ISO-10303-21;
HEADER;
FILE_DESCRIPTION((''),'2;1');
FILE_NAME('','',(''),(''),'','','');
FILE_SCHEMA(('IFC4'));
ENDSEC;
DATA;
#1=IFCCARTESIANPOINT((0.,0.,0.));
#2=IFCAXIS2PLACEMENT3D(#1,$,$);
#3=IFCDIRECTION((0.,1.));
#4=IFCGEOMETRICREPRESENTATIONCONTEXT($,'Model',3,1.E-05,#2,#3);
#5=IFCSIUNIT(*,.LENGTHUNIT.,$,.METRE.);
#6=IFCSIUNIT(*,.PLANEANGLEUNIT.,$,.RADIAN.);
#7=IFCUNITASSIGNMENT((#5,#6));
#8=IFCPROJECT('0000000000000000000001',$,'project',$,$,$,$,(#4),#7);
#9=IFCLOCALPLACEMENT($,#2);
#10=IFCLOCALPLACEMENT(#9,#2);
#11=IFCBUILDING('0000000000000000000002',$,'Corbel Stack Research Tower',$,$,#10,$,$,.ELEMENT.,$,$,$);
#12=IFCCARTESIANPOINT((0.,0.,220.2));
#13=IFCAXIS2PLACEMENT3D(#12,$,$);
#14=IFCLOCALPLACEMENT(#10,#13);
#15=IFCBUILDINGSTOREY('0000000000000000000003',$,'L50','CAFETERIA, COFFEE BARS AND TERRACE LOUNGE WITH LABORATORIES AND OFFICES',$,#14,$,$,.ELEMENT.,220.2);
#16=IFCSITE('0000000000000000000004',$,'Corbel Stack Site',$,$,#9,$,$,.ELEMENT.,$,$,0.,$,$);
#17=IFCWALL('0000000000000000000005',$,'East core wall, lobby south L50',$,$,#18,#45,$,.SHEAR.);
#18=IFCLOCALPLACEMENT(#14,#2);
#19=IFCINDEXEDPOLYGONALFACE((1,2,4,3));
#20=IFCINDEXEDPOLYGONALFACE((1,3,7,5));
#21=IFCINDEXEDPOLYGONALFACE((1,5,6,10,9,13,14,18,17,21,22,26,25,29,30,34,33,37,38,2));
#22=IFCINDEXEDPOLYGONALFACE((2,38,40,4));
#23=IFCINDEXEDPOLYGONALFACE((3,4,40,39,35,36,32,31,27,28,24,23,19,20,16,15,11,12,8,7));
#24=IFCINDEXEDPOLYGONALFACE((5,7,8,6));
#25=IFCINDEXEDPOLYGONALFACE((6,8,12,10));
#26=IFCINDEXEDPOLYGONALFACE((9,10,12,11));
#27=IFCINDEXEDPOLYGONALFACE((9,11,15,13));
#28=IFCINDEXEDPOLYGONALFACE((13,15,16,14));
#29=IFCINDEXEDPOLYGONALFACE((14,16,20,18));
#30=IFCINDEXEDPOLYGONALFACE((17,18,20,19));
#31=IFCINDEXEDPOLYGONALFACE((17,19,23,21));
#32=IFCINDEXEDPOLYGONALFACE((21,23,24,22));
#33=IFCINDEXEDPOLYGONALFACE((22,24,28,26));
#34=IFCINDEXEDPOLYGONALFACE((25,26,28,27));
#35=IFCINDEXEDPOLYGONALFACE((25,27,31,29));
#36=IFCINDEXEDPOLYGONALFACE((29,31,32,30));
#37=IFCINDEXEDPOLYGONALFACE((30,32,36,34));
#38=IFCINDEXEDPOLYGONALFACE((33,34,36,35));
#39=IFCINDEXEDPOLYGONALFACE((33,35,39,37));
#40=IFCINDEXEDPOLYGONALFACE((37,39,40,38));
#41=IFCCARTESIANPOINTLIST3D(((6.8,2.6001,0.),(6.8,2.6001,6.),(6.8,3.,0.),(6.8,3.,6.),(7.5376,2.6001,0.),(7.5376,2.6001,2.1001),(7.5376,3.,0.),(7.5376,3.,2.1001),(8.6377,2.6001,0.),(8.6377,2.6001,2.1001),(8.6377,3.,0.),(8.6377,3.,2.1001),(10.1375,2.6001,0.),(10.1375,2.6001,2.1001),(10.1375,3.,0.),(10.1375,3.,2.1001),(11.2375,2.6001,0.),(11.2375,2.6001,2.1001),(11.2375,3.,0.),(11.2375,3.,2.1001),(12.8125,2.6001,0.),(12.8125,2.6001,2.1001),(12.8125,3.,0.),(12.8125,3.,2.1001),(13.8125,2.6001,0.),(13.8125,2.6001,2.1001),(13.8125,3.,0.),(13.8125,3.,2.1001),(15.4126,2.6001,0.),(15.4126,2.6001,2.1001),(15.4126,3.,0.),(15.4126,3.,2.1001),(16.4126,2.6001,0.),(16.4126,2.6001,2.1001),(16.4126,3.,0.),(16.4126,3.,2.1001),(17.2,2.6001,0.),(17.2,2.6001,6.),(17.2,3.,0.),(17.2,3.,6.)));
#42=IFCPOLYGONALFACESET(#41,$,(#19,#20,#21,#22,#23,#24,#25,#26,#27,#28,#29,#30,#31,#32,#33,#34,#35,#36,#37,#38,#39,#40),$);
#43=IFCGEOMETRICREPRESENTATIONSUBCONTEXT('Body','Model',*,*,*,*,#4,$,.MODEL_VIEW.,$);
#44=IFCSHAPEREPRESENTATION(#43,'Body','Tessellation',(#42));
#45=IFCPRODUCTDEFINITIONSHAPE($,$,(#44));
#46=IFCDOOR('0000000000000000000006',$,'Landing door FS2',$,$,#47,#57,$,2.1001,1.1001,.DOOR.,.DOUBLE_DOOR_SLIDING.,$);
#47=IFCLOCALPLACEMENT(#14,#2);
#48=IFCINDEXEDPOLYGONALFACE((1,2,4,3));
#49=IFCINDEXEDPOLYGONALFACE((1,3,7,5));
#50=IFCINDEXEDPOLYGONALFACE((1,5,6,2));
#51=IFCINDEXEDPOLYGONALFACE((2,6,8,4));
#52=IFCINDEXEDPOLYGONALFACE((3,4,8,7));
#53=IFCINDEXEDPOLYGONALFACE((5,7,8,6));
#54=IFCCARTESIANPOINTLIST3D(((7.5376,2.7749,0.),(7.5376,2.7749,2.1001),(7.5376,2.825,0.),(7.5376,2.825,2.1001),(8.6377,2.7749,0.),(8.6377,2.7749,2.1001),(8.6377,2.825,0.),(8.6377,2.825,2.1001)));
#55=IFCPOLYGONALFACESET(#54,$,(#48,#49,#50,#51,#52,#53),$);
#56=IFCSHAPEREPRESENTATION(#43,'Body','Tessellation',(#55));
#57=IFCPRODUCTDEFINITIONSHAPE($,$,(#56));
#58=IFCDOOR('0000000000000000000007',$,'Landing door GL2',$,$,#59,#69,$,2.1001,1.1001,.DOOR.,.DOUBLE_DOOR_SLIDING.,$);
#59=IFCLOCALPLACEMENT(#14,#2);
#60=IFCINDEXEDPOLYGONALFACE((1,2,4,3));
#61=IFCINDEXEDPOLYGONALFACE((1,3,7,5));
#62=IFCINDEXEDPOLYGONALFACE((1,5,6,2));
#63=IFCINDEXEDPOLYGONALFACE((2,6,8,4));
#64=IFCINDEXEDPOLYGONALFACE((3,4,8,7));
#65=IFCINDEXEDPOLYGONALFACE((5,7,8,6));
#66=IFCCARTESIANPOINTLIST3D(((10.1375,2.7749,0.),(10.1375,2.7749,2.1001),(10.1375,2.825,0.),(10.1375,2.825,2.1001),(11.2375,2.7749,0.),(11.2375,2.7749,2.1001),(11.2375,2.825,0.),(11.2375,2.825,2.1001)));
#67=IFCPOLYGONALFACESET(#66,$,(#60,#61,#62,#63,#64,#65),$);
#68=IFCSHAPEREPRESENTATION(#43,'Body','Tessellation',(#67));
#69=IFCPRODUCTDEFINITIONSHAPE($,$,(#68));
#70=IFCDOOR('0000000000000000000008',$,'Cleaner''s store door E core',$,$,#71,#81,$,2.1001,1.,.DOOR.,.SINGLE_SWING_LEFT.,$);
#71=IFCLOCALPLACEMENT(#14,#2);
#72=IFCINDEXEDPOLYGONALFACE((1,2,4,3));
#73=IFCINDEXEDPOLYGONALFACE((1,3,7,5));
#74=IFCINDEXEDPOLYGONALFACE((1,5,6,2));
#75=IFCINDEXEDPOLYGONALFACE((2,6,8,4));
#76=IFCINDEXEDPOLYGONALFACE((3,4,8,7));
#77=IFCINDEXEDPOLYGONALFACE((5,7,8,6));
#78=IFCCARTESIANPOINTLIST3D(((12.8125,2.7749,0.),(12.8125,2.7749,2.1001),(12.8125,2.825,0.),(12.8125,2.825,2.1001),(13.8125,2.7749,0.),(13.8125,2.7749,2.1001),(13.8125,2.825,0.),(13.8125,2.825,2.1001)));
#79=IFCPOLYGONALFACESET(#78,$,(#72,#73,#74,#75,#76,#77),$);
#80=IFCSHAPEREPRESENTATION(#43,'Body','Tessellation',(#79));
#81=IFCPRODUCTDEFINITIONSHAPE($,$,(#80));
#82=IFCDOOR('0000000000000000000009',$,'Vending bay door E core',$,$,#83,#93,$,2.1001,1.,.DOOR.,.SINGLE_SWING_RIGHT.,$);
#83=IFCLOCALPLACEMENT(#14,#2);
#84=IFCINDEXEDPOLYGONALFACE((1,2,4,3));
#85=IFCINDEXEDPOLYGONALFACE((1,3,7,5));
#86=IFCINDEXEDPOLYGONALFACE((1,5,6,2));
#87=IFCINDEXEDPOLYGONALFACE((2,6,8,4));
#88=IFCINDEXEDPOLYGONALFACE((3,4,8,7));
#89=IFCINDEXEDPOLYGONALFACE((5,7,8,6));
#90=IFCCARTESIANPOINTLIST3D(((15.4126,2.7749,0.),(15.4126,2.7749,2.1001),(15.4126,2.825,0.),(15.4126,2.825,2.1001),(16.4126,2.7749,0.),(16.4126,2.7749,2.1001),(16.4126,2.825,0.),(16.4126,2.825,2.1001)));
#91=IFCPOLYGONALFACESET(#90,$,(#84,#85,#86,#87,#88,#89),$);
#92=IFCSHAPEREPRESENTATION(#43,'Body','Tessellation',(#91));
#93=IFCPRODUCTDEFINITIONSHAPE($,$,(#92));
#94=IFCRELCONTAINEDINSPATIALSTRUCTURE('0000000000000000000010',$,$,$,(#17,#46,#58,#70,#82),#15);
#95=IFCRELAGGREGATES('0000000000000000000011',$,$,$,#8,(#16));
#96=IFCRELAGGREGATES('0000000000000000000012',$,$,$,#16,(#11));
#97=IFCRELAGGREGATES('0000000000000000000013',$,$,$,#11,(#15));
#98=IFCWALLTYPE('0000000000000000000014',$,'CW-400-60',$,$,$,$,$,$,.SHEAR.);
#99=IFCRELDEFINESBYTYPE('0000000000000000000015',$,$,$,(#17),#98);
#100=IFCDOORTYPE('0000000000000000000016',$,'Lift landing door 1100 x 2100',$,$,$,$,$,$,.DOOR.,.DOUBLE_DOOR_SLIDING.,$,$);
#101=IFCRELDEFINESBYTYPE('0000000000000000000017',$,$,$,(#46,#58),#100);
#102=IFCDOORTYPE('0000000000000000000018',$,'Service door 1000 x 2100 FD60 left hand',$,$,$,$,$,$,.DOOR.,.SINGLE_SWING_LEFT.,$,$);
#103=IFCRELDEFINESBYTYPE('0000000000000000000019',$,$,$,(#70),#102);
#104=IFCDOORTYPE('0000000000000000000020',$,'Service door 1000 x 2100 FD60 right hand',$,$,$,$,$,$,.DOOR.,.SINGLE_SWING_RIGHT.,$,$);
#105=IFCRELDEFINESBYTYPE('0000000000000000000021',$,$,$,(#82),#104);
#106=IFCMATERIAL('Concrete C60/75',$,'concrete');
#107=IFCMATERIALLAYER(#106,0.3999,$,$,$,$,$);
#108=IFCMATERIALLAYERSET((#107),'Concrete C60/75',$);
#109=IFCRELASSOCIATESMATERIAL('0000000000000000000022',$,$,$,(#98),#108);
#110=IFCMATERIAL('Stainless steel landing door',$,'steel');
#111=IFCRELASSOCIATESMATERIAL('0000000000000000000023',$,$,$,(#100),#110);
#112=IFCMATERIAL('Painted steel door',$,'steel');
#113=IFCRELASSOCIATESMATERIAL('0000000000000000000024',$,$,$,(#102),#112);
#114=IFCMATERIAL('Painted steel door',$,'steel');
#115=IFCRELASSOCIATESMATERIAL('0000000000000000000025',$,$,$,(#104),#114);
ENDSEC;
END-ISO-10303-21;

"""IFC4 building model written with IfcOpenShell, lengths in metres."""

from ifc_helpers import new_model, si_unit, direction, frame, frame_2d, origin, place, context, subcontext, project, spatial, rectangle, extrude, material, layer, layer_set, type_object, element, fill, save


model = new_model("IFC4")

# Units and contexts
model_context = context("Model", 3, precision=1e-05, world=origin(), true_north=direction((0.0, 1.0)))
body_context = subcontext(model_context, "Body", "Model", "MODEL_VIEW")
ifc_project = project(units=[si_unit("LENGTHUNIT", "METRE"), si_unit("PLANEANGLEUNIT", "RADIAN")], contexts=[model_context])

# Site, building, storey
site_placement = place(None, origin())
site = spatial("IfcSite", under=ifc_project, at=site_placement, Name="Corbel Stack Site", CompositionType="ELEMENT", RefElevation=0.0)
building_placement = place(site_placement, origin())
building = spatial("IfcBuilding", under=site, at=building_placement, Name="Corbel Stack Research Tower", CompositionType="ELEMENT")
storey_placement = place(building_placement, frame((0.0, 0.0, 220.2)))
storey = spatial("IfcBuildingStorey", under=building, at=storey_placement, Name="L50", Description="CAFETERIA, COFFEE BARS AND TERRACE LOUNGE WITH LABORATORIES AND OFFICES", CompositionType="ELEMENT", Elevation=220.2)

# Wall, openings, doors
ifc_material_1 = material(Name="Concrete C60/75", Category="concrete")
ifc_layer_1 = layer(ifc_material_1, 0.3999)
ifc_layer_set_1 = layer_set([ifc_layer_1], Name="Concrete C60/75")
wall_type_1 = type_object("IfcWallType", Name="CW-400-60", PredefinedType="SHEAR", material=ifc_layer_set_1)
wall_1_placement = place(storey_placement, frame((6.8, 2.8, 0.0), z_axis=(0.0, 0.0, 1.0), x_axis=(1.0, 0.0, 0.0)))
wall_1 = element("IfcWall", 1, at=wall_1_placement, inside=storey, type_object=wall_type_1, Name="East core wall, lobby south L50", PredefinedType="SHEAR", context=body_context, shape_type="SweptSolid", body=[
    extrude(rectangle(XDim=10.3999, YDim=0.3999, at=frame_2d((5.2, 0.0))), origin(), (0.0, 0.0, 1.0), 6.0),
])
opening_1_placement = place(wall_1_placement, frame((0.7375, 0.0, 0.0)))
opening_1 = element("IfcOpeningElement", 2, at=opening_1_placement, cuts=wall_1, PredefinedType="OPENING", context=body_context, shape_type="SweptSolid", body=[
    extrude(rectangle(XDim=1.1001, YDim=2.1001, at=frame_2d((0.55, 1.05))), frame((0.0, 0.21, 0.0), z_axis=(0.0, -1.0, 0.0), x_axis=(1.0, 0.0, 0.0)), (0.0, 0.0, 1.0), 0.4199),
])
opening_2_placement = place(wall_1_placement, frame((3.3374, 0.0, 0.0)))
opening_2 = element("IfcOpeningElement", 3, at=opening_2_placement, cuts=wall_1, PredefinedType="OPENING", context=body_context, shape_type="SweptSolid", body=[
    extrude(rectangle(XDim=1.1001, YDim=2.1001, at=frame_2d((0.55, 1.05))), frame((0.0, 0.21, 0.0), z_axis=(0.0, -1.0, 0.0), x_axis=(1.0, 0.0, 0.0)), (0.0, 0.0, 1.0), 0.4199),
])
opening_3_placement = place(wall_1_placement, frame((6.0125, 0.0, 0.0)))
opening_3 = element("IfcOpeningElement", 4, at=opening_3_placement, cuts=wall_1, PredefinedType="OPENING", context=body_context, shape_type="SweptSolid", body=[
    extrude(rectangle(XDim=1.0, YDim=2.1001, at=frame_2d((0.5, 1.05))), frame((0.0, 0.21, 0.0), z_axis=(0.0, -1.0, 0.0), x_axis=(1.0, 0.0, 0.0)), (0.0, 0.0, 1.0), 0.4199),
])
opening_4_placement = place(wall_1_placement, frame((8.6125, 0.0, 0.0)))
opening_4 = element("IfcOpeningElement", 5, at=opening_4_placement, cuts=wall_1, PredefinedType="OPENING", context=body_context, shape_type="SweptSolid", body=[
    extrude(rectangle(XDim=1.0, YDim=2.1001, at=frame_2d((0.5, 1.05))), frame((0.0, 0.21, 0.0), z_axis=(0.0, -1.0, 0.0), x_axis=(1.0, 0.0, 0.0)), (0.0, 0.0, 1.0), 0.4199),
])
ifc_material_2 = material(Name="Stainless steel landing door", Category="steel")
door_type_1 = type_object("IfcDoorType", Name="Lift landing door 1100 x 2100", OperationType="DOUBLE_DOOR_SLIDING", PredefinedType="DOOR", material=ifc_material_2)
door_1_placement = place(opening_1_placement, origin())
door_1 = element("IfcDoor", 6, at=door_1_placement, inside=storey, type_object=door_type_1, Name="Landing door FS2", OperationType="DOUBLE_DOOR_SLIDING", OverallHeight=2.1001, OverallWidth=1.1001, PredefinedType="DOOR", context=body_context, shape_type="SweptSolid", body=[
    extrude(rectangle(XDim=1.1001, YDim=2.1001, at=frame_2d((0.55, 1.05))), frame((0.0, 0.0249, 0.0), z_axis=(0.0, -1.0, 0.0), x_axis=(1.0, 0.0, 0.0)), (0.0, 0.0, 1.0), 0.05),
])
fill(opening_1, door_1)
door_2_placement = place(opening_2_placement, origin())
door_2 = element("IfcDoor", 7, at=door_2_placement, inside=storey, type_object=door_type_1, Name="Landing door GL2", OperationType="DOUBLE_DOOR_SLIDING", OverallHeight=2.1001, OverallWidth=1.1001, PredefinedType="DOOR", context=body_context, shape_type="SweptSolid", body=[
    extrude(rectangle(XDim=1.1001, YDim=2.1001, at=frame_2d((0.55, 1.05))), frame((0.0, 0.0249, 0.0), z_axis=(0.0, -1.0, 0.0), x_axis=(1.0, 0.0, 0.0)), (0.0, 0.0, 1.0), 0.05),
])
fill(opening_2, door_2)
ifc_material_3 = material(Name="Painted steel door", Category="steel")
door_type_2 = type_object("IfcDoorType", Name="Service door 1000 x 2100 FD60 left hand", OperationType="SINGLE_SWING_LEFT", PredefinedType="DOOR", material=ifc_material_3)
door_3_placement = place(opening_3_placement, origin())
door_3 = element("IfcDoor", 8, at=door_3_placement, inside=storey, type_object=door_type_2, Name="Cleaner's store door E core", OperationType="SINGLE_SWING_LEFT", OverallHeight=2.1001, OverallWidth=1.0, PredefinedType="DOOR", context=body_context, shape_type="SweptSolid", body=[
    extrude(rectangle(XDim=1.0, YDim=2.1001, at=frame_2d((0.5, 1.05))), frame((0.0, 0.0249, 0.0), z_axis=(0.0, -1.0, 0.0), x_axis=(1.0, 0.0, 0.0)), (0.0, 0.0, 1.0), 0.05),
])
fill(opening_3, door_3)
ifc_material_4 = material(Name="Painted steel door", Category="steel")
door_type_3 = type_object("IfcDoorType", Name="Service door 1000 x 2100 FD60 right hand", OperationType="SINGLE_SWING_RIGHT", PredefinedType="DOOR", material=ifc_material_4)
door_4_placement = place(opening_4_placement, origin())
door_4 = element("IfcDoor", 9, at=door_4_placement, inside=storey, type_object=door_type_3, Name="Vending bay door E core", OperationType="SINGLE_SWING_RIGHT", OverallHeight=2.1001, OverallWidth=1.0, PredefinedType="DOOR", context=body_context, shape_type="SweptSolid", body=[
    extrude(rectangle(XDim=1.0, YDim=2.1001, at=frame_2d((0.5, 1.05))), frame((0.0, 0.0249, 0.0), z_axis=(0.0, -1.0, 0.0), x_axis=(1.0, 0.0, 0.0)), (0.0, 0.0, 1.0), 0.05),
])
fill(opening_4, door_4)

save(model, "model.ifc")
